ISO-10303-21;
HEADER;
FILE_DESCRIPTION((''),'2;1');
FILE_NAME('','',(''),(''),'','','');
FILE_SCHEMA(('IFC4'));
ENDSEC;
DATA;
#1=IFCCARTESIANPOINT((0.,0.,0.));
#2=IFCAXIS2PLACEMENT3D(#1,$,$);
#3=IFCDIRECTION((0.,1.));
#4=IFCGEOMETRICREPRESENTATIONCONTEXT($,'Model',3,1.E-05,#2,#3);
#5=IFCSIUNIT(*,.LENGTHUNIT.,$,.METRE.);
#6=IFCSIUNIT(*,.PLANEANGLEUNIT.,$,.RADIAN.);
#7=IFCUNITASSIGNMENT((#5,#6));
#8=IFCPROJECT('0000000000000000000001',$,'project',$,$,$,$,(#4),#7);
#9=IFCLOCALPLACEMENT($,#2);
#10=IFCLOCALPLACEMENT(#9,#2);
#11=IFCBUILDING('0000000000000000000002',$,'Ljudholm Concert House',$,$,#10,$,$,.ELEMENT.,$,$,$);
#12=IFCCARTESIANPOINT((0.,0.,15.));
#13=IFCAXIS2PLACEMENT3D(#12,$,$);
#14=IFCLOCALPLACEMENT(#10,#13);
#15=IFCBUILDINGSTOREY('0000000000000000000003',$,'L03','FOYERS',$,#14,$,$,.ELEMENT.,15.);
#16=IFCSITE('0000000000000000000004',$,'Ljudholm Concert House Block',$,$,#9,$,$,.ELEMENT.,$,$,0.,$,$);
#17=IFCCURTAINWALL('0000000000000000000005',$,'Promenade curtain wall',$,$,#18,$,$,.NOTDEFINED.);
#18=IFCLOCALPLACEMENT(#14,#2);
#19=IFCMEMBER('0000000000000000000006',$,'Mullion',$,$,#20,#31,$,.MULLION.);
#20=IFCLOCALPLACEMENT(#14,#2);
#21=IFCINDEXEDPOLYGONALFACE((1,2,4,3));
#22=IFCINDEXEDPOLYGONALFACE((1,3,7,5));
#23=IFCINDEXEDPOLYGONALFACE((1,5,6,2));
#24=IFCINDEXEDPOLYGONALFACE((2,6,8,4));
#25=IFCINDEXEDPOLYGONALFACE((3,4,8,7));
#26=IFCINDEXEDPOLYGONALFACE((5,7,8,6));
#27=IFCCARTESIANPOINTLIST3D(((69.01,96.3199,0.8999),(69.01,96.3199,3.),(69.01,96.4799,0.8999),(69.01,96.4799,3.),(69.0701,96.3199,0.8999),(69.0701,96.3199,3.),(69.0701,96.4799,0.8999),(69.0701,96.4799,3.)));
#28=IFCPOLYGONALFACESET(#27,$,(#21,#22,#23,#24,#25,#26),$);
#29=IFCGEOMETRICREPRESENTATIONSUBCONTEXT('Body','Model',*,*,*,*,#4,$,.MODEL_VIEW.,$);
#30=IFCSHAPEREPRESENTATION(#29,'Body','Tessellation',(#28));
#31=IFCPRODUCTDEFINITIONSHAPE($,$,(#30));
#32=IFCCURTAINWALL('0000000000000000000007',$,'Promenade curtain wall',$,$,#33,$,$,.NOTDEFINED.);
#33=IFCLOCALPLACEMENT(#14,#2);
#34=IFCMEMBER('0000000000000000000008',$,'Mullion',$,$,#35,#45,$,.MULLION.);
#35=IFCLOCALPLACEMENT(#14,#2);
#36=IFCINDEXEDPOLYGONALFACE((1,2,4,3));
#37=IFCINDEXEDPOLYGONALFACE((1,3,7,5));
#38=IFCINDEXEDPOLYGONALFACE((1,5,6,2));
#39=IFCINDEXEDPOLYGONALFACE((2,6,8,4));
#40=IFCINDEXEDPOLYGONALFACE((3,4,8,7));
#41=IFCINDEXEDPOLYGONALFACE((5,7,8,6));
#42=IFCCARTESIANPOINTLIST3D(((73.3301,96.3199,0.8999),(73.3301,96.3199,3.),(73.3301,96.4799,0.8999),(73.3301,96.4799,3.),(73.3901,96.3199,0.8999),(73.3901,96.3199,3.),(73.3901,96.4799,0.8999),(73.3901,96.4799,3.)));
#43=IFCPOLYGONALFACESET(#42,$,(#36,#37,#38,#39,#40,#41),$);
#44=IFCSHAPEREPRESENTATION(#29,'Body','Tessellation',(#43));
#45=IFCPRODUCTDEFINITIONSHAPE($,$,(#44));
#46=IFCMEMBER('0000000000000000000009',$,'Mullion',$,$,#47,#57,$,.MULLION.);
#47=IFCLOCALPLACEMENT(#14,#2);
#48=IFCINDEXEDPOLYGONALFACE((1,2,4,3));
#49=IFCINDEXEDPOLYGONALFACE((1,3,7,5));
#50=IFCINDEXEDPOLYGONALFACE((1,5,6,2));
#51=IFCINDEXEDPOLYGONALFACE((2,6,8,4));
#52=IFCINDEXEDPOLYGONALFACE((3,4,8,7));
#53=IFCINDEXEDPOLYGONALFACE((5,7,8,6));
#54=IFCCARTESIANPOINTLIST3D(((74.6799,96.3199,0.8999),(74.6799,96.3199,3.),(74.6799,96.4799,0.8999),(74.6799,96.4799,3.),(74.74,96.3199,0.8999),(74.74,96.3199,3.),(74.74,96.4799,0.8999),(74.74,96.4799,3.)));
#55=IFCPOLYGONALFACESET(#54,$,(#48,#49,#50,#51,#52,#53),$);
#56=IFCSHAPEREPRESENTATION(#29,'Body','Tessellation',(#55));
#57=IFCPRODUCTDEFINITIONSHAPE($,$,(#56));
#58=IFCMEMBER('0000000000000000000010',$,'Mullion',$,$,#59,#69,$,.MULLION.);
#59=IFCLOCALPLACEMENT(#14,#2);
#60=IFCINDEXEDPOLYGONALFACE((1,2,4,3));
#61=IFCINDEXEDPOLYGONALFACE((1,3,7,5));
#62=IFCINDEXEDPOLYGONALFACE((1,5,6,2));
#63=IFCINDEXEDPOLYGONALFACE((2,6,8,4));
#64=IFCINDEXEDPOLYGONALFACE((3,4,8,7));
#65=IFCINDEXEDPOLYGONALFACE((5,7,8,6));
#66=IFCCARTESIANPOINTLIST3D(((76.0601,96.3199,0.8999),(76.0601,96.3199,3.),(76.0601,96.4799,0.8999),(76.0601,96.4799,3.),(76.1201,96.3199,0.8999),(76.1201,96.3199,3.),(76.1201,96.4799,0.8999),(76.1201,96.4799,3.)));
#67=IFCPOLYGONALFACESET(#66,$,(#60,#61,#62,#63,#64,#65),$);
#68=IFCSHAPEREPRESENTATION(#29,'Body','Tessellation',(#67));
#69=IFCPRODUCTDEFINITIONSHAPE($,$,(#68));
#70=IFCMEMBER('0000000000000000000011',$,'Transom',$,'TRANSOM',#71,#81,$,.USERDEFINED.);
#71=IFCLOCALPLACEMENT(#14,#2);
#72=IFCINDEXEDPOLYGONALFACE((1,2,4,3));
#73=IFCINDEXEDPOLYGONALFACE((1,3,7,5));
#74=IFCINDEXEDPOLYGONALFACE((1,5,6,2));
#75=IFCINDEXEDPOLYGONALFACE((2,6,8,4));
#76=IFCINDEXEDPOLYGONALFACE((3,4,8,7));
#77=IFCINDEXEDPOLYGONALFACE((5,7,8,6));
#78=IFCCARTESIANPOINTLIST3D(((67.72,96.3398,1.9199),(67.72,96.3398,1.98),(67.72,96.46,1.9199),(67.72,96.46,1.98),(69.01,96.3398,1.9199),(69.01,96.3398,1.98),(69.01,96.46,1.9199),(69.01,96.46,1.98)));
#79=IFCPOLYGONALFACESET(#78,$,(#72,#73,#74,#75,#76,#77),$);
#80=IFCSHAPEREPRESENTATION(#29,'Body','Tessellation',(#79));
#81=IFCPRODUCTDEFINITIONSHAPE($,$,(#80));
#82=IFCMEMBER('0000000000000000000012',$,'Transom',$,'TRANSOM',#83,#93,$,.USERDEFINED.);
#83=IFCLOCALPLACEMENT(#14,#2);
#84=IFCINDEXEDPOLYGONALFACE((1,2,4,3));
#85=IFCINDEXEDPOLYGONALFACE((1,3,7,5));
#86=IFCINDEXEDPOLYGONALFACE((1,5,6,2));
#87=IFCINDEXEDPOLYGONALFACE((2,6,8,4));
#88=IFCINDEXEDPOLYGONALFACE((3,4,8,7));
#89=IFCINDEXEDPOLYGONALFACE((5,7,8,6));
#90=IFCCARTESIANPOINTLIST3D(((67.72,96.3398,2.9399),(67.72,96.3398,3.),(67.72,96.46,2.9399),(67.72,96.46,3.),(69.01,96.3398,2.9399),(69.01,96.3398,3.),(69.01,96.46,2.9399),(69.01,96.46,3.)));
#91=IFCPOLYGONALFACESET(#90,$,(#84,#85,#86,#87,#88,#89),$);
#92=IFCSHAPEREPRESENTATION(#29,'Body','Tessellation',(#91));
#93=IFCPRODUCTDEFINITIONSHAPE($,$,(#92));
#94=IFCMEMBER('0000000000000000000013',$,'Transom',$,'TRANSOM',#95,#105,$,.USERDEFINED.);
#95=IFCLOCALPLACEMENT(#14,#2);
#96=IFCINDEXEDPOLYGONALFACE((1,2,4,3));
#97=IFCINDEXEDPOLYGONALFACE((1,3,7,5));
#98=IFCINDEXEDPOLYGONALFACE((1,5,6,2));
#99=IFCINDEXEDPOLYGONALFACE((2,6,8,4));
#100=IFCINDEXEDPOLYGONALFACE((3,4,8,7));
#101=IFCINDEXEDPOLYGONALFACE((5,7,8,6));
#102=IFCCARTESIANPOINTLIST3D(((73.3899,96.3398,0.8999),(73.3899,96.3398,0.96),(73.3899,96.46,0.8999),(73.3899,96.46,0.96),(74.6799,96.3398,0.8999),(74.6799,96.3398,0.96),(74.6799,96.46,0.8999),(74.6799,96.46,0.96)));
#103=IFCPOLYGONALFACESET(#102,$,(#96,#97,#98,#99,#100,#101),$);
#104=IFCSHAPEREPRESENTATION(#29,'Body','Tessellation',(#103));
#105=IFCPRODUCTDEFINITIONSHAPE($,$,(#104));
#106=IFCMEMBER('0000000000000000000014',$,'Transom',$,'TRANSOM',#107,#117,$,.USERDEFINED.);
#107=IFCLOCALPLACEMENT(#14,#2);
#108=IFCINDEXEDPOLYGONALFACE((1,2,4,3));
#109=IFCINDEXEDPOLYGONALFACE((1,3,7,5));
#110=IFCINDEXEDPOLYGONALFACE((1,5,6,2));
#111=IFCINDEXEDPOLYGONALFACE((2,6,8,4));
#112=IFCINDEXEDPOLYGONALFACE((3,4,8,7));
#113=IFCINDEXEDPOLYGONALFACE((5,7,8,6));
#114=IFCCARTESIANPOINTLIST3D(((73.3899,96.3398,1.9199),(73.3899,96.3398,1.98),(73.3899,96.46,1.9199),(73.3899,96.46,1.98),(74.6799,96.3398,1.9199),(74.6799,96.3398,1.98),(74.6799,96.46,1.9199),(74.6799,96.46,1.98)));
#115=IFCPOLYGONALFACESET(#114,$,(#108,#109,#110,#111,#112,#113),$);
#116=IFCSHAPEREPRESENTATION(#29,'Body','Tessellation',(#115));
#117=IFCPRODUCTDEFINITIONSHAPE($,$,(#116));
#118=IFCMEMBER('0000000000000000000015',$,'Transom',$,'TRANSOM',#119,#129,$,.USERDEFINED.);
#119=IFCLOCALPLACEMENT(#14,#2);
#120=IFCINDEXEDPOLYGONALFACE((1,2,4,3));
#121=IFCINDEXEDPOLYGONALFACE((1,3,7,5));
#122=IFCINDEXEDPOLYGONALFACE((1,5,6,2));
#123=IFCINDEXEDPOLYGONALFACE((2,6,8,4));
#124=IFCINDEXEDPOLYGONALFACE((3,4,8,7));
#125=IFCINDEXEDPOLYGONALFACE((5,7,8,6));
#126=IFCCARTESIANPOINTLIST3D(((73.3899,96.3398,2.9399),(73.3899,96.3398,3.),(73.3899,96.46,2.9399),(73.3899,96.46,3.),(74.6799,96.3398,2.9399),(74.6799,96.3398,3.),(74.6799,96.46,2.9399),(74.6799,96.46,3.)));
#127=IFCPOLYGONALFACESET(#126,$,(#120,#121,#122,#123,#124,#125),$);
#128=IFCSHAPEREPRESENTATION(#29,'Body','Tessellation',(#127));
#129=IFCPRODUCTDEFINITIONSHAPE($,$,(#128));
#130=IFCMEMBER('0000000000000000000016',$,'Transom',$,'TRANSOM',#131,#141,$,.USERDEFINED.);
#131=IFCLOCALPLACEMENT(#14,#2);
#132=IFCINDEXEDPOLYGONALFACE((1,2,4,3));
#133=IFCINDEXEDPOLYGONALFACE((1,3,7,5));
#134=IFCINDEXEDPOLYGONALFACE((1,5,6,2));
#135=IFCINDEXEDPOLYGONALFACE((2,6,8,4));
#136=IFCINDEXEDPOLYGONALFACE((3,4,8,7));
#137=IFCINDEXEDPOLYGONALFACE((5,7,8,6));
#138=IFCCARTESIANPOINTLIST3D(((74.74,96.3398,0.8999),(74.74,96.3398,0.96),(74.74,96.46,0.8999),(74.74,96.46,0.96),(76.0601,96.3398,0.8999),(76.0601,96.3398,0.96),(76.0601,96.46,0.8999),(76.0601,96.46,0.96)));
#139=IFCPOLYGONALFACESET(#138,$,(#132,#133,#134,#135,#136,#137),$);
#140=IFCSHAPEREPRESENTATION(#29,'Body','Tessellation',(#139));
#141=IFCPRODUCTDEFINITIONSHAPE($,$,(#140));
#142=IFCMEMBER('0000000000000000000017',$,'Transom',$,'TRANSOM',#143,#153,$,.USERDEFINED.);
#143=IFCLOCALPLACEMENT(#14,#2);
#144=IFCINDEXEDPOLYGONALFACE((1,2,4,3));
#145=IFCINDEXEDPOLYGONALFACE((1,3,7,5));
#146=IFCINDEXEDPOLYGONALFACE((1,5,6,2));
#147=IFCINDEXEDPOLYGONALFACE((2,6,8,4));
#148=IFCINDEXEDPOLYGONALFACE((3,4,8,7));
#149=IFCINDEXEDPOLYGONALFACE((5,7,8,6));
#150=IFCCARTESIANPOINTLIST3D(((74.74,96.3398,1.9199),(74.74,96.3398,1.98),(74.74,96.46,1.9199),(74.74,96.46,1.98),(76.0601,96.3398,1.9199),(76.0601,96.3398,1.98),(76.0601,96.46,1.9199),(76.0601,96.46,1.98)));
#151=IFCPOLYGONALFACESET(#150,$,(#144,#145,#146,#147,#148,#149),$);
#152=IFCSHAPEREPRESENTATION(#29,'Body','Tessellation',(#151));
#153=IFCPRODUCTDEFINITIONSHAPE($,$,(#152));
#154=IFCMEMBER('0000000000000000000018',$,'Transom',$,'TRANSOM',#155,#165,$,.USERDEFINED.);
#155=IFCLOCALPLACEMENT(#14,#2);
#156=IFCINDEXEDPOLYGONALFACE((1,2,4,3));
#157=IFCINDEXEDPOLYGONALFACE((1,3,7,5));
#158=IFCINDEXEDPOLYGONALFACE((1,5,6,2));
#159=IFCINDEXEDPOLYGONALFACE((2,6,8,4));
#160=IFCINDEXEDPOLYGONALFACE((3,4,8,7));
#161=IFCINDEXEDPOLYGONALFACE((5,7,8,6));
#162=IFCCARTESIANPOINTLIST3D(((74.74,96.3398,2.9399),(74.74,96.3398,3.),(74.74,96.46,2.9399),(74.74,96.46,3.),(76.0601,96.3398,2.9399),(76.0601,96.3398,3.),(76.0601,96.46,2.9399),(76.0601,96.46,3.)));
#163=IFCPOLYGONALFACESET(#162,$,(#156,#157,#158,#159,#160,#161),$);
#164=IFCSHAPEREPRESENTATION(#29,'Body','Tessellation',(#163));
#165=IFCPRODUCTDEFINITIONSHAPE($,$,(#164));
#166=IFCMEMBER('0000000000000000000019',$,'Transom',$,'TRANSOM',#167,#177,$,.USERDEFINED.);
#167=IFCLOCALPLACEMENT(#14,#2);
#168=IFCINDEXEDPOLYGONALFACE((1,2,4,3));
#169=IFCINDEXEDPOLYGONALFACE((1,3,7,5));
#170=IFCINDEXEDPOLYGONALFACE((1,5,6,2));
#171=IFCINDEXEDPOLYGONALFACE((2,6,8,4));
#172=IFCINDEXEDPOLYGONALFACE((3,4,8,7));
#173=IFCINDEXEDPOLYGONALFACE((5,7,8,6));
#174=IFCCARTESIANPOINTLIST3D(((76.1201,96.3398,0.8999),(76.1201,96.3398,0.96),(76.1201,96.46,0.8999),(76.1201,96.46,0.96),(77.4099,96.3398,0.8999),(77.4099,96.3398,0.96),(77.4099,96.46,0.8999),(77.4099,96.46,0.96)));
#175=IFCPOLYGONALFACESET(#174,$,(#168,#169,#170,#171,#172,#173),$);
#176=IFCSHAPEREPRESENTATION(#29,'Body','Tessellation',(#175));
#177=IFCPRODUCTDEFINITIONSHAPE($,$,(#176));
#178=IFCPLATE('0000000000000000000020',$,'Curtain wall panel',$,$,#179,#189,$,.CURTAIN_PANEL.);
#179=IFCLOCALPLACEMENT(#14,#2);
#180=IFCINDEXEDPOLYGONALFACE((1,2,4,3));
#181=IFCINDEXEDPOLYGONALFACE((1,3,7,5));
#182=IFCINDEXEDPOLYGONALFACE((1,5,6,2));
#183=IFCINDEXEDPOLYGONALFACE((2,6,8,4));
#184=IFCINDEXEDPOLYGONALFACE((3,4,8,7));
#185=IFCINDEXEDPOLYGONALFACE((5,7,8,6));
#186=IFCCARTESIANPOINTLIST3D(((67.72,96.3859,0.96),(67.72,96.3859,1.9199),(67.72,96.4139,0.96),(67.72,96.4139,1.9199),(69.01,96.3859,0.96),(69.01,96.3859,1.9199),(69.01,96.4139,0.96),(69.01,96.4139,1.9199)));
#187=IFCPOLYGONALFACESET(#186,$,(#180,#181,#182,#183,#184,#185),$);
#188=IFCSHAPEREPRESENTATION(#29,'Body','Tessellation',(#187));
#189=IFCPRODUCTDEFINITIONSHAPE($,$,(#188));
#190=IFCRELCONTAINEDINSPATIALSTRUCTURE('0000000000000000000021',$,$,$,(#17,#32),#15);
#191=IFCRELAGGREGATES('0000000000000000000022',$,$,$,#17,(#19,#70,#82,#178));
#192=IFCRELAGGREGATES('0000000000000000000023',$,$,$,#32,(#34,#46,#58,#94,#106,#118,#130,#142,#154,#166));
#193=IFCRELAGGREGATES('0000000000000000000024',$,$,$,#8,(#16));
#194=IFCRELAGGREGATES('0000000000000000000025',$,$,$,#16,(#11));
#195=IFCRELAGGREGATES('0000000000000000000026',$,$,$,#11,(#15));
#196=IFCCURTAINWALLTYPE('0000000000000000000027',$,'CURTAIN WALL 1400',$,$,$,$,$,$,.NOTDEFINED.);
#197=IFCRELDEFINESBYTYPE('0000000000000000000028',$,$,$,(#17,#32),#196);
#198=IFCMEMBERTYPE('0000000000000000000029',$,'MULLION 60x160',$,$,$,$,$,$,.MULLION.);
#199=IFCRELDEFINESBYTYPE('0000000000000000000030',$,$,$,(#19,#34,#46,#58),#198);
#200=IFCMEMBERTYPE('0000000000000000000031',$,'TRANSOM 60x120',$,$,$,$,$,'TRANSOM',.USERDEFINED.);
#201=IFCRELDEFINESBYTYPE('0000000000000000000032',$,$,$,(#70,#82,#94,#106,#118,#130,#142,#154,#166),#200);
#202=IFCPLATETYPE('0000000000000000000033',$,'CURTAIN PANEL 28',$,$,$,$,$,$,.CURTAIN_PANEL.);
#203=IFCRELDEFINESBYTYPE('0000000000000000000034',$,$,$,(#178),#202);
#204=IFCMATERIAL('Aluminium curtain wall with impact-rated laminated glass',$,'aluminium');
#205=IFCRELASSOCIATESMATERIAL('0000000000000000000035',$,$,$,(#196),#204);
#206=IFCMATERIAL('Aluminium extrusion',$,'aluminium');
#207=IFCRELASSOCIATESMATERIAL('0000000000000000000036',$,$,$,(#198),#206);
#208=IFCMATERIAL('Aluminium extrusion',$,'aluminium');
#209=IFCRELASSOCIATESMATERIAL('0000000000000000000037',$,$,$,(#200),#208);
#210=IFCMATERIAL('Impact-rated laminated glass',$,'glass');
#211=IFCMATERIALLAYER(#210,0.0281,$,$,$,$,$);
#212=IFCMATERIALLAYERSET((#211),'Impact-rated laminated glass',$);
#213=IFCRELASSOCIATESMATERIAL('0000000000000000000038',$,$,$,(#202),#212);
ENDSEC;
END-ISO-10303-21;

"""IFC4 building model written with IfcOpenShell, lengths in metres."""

from ifc_helpers import new_model, si_unit, direction, frame, origin, origin_2d, place, context, subcontext, project, spatial, rectangle, extrude, material, layer, layer_set, material_profile, profile_set, type_object, element, aggregate, save


model = new_model("IFC4")

# Units and contexts
model_context = context("Model", 3, precision=1e-05, world=origin(), true_north=direction((0.0, 1.0)))
body_context = subcontext(model_context, "Body", "Model", "MODEL_VIEW")
ifc_project = project(units=[si_unit("LENGTHUNIT", "METRE"), si_unit("PLANEANGLEUNIT", "RADIAN")], contexts=[model_context])

# Site, building, storey
site_placement = place(None, origin())
site = spatial("IfcSite", under=ifc_project, at=site_placement, Name="Ljudholm Concert House Block", CompositionType="ELEMENT", RefElevation=0.0)
building_placement = place(site_placement, origin())
building = spatial("IfcBuilding", under=site, at=building_placement, Name="Ljudholm Concert House", CompositionType="ELEMENT")
storey_placement = place(building_placement, frame((0.0, 0.0, 15.0)))
storey = spatial("IfcBuildingStorey", under=building, at=storey_placement, Name="L03", Description="FOYERS", CompositionType="ELEMENT", Elevation=15.0)

# Curtain wall, member
ifc_material_1 = material(Name="Aluminium curtain wall with impact-rated laminated glass", Category="aluminium")
curtain_wall_type = type_object("IfcCurtainWallType", Name="CURTAIN WALL 1400", PredefinedType="NOTDEFINED", material=ifc_material_1)
curtain_wall_1_placement = place(storey_placement, origin())
curtain_wall_1 = element("IfcCurtainWall", 1, at=curtain_wall_1_placement, inside=storey, type_object=curtain_wall_type, Name="Promenade curtain wall", PredefinedType="NOTDEFINED")
ifc_material_2 = material(Name="Aluminium extrusion", Category="aluminium")
ifc_material_profile_1 = material_profile(ifc_material_2, rectangle(XDim=0.1599, YDim=0.0601, at=origin_2d()), Name="MULLION 60x160")
ifc_profile_set_1 = profile_set([ifc_material_profile_1], Name="Aluminium extrusion")
member_type_1 = type_object("IfcMemberType", Name="MULLION 60x160", PredefinedType="MULLION", material=ifc_profile_set_1)
member_1_placement = place(storey_placement, frame((69.04, 96.3999, 0.8999), z_axis=(0.0, 0.0, 1.0), x_axis=(0.0, 1.0, 0.0)))
member_1 = element("IfcMember", 2, at=member_1_placement, type_object=member_type_1, Name="Mullion", PredefinedType="MULLION", context=body_context, shape_type="SweptSolid", body=[
    extrude(rectangle(XDim=0.1599, YDim=0.0601, at=origin_2d()), origin(), (0.0, 0.0, 1.0), 2.1001),
])

# Curtain wall, members
curtain_wall_2_placement = place(storey_placement, origin())
curtain_wall_2 = element("IfcCurtainWall", 3, at=curtain_wall_2_placement, inside=storey, type_object=curtain_wall_type, Name="Promenade curtain wall", PredefinedType="NOTDEFINED")
member_2_placement = place(storey_placement, frame((73.3601, 96.3999, 0.8999), z_axis=(0.0, 0.0, 1.0), x_axis=(0.0, 1.0, 0.0)))
member_2 = element("IfcMember", 4, at=member_2_placement, type_object=member_type_1, Name="Mullion", PredefinedType="MULLION", context=body_context, shape_type="SweptSolid", body=[
    extrude(rectangle(XDim=0.1599, YDim=0.0601, at=origin_2d()), origin(), (0.0, 0.0, 1.0), 2.1001),
])
member_3_placement = place(storey_placement, frame((74.71, 96.3999, 0.8999), z_axis=(0.0, 0.0, 1.0), x_axis=(0.0, 1.0, 0.0)))
member_3 = element("IfcMember", 5, at=member_3_placement, type_object=member_type_1, Name="Mullion", PredefinedType="MULLION", context=body_context, shape_type="SweptSolid", body=[
    extrude(rectangle(XDim=0.1599, YDim=0.0601, at=origin_2d()), origin(), (0.0, 0.0, 1.0), 2.1001),
])
member_4_placement = place(storey_placement, frame((76.0901, 96.3999, 0.8999), z_axis=(0.0, 0.0, 1.0), x_axis=(0.0, 1.0, 0.0)))
member_4 = element("IfcMember", 6, at=member_4_placement, type_object=member_type_1, Name="Mullion", PredefinedType="MULLION", context=body_context, shape_type="SweptSolid", body=[
    extrude(rectangle(XDim=0.1599, YDim=0.0601, at=origin_2d()), origin(), (0.0, 0.0, 1.0), 2.1001),
])

# Members
ifc_material_3 = material(Name="Aluminium extrusion", Category="aluminium")
ifc_material_profile_2 = material_profile(ifc_material_3, rectangle(XDim=0.1201, YDim=0.0601, at=origin_2d()), Name="TRANSOM 60x120")
ifc_profile_set_2 = profile_set([ifc_material_profile_2], Name="Aluminium extrusion")
member_type_2 = type_object("IfcMemberType", Name="TRANSOM 60x120", ElementType="TRANSOM", PredefinedType="USERDEFINED", material=ifc_profile_set_2)
member_5_placement = place(storey_placement, frame((67.72, 96.3999, 1.95), z_axis=(1.0, 0.0, 0.0), x_axis=(0.0, 1.0, 0.0)))
member_5 = element("IfcMember", 7, at=member_5_placement, type_object=member_type_2, Name="Transom", ObjectType="TRANSOM", PredefinedType="USERDEFINED", context=body_context, shape_type="SweptSolid", body=[
    extrude(rectangle(XDim=0.1201, YDim=0.0601, at=origin_2d()), origin(), (0.0, 0.0, 1.0), 1.29),
])
member_6_placement = place(storey_placement, frame((67.72, 96.3999, 2.97), z_axis=(1.0, 0.0, 0.0), x_axis=(0.0, 1.0, 0.0)))
member_6 = element("IfcMember", 8, at=member_6_placement, type_object=member_type_2, Name="Transom", ObjectType="TRANSOM", PredefinedType="USERDEFINED", context=body_context, shape_type="SweptSolid", body=[
    extrude(rectangle(XDim=0.1201, YDim=0.0601, at=origin_2d()), origin(), (0.0, 0.0, 1.0), 1.29),
])
member_7_placement = place(storey_placement, frame((73.3899, 96.3999, 0.9299), z_axis=(1.0, 0.0, 0.0), x_axis=(0.0, 1.0, 0.0)))
member_7 = element("IfcMember", 9, at=member_7_placement, type_object=member_type_2, Name="Transom", ObjectType="TRANSOM", PredefinedType="USERDEFINED", context=body_context, shape_type="SweptSolid", body=[
    extrude(rectangle(XDim=0.1201, YDim=0.0601, at=origin_2d()), origin(), (0.0, 0.0, 1.0), 1.29),
])
member_8_placement = place(storey_placement, frame((73.3899, 96.3999, 1.95), z_axis=(1.0, 0.0, 0.0), x_axis=(0.0, 1.0, 0.0)))
member_8 = element("IfcMember", 10, at=member_8_placement, type_object=member_type_2, Name="Transom", ObjectType="TRANSOM", PredefinedType="USERDEFINED", context=body_context, shape_type="SweptSolid", body=[
    extrude(rectangle(XDim=0.1201, YDim=0.0601, at=origin_2d()), origin(), (0.0, 0.0, 1.0), 1.29),
])
member_9_placement = place(storey_placement, frame((73.3899, 96.3999, 2.97), z_axis=(1.0, 0.0, 0.0), x_axis=(0.0, 1.0, 0.0)))
member_9 = element("IfcMember", 11, at=member_9_placement, type_object=member_type_2, Name="Transom", ObjectType="TRANSOM", PredefinedType="USERDEFINED", context=body_context, shape_type="SweptSolid", body=[
    extrude(rectangle(XDim=0.1201, YDim=0.0601, at=origin_2d()), origin(), (0.0, 0.0, 1.0), 1.29),
])
member_10_placement = place(storey_placement, frame((74.74, 96.3999, 0.9299), z_axis=(1.0, 0.0, 0.0), x_axis=(0.0, 1.0, 0.0)))
member_10 = element("IfcMember", 12, at=member_10_placement, type_object=member_type_2, Name="Transom", ObjectType="TRANSOM", PredefinedType="USERDEFINED", context=body_context, shape_type="SweptSolid", body=[
    extrude(rectangle(XDim=0.1201, YDim=0.0601, at=origin_2d()), origin(), (0.0, 0.0, 1.0), 1.3201),
])
member_11_placement = place(storey_placement, frame((74.74, 96.3999, 1.95), z_axis=(1.0, 0.0, 0.0), x_axis=(0.0, 1.0, 0.0)))
member_11 = element("IfcMember", 13, at=member_11_placement, type_object=member_type_2, Name="Transom", ObjectType="TRANSOM", PredefinedType="USERDEFINED", context=body_context, shape_type="SweptSolid", body=[
    extrude(rectangle(XDim=0.1201, YDim=0.0601, at=origin_2d()), origin(), (0.0, 0.0, 1.0), 1.3201),
])
member_12_placement = place(storey_placement, frame((74.74, 96.3999, 2.97), z_axis=(1.0, 0.0, 0.0), x_axis=(0.0, 1.0, 0.0)))
member_12 = element("IfcMember", 14, at=member_12_placement, type_object=member_type_2, Name="Transom", ObjectType="TRANSOM", PredefinedType="USERDEFINED", context=body_context, shape_type="SweptSolid", body=[
    extrude(rectangle(XDim=0.1201, YDim=0.0601, at=origin_2d()), origin(), (0.0, 0.0, 1.0), 1.3201),
])
member_13_placement = place(storey_placement, frame((76.1201, 96.3999, 0.9299), z_axis=(1.0, 0.0, 0.0), x_axis=(0.0, 1.0, 0.0)))
member_13 = element("IfcMember", 15, at=member_13_placement, type_object=member_type_2, Name="Transom", ObjectType="TRANSOM", PredefinedType="USERDEFINED", context=body_context, shape_type="SweptSolid", body=[
    extrude(rectangle(XDim=0.1201, YDim=0.0601, at=origin_2d()), origin(), (0.0, 0.0, 1.0), 1.2898),
])

# Plate
ifc_material_4 = material(Name="Impact-rated laminated glass", Category="glass")
ifc_layer_1 = layer(ifc_material_4, 0.0281)
ifc_layer_set_1 = layer_set([ifc_layer_1], Name="Impact-rated laminated glass")
plate_type = type_object("IfcPlateType", Name="CURTAIN PANEL 28", PredefinedType="CURTAIN_PANEL", material=ifc_layer_set_1)
plate_1_placement = place(storey_placement, frame((68.365, 96.3999, 0.96), z_axis=(0.0, 0.0, 1.0), x_axis=(1.0, 0.0, 0.0)))
plate_1 = element("IfcPlate", 16, at=plate_1_placement, type_object=plate_type, Name="Curtain wall panel", PredefinedType="CURTAIN_PANEL", context=body_context, shape_type="SweptSolid", body=[
    extrude(rectangle(XDim=1.29, YDim=0.0281, at=origin_2d()), origin(), (0.0, 0.0, 1.0), 0.96),
])
aggregate(curtain_wall_1, [member_1, member_5, member_6, plate_1])
aggregate(curtain_wall_2, [member_2, member_3, member_4, member_7, member_8, member_9, member_10, member_11, member_12, member_13])

save(model, "model.ifc")
